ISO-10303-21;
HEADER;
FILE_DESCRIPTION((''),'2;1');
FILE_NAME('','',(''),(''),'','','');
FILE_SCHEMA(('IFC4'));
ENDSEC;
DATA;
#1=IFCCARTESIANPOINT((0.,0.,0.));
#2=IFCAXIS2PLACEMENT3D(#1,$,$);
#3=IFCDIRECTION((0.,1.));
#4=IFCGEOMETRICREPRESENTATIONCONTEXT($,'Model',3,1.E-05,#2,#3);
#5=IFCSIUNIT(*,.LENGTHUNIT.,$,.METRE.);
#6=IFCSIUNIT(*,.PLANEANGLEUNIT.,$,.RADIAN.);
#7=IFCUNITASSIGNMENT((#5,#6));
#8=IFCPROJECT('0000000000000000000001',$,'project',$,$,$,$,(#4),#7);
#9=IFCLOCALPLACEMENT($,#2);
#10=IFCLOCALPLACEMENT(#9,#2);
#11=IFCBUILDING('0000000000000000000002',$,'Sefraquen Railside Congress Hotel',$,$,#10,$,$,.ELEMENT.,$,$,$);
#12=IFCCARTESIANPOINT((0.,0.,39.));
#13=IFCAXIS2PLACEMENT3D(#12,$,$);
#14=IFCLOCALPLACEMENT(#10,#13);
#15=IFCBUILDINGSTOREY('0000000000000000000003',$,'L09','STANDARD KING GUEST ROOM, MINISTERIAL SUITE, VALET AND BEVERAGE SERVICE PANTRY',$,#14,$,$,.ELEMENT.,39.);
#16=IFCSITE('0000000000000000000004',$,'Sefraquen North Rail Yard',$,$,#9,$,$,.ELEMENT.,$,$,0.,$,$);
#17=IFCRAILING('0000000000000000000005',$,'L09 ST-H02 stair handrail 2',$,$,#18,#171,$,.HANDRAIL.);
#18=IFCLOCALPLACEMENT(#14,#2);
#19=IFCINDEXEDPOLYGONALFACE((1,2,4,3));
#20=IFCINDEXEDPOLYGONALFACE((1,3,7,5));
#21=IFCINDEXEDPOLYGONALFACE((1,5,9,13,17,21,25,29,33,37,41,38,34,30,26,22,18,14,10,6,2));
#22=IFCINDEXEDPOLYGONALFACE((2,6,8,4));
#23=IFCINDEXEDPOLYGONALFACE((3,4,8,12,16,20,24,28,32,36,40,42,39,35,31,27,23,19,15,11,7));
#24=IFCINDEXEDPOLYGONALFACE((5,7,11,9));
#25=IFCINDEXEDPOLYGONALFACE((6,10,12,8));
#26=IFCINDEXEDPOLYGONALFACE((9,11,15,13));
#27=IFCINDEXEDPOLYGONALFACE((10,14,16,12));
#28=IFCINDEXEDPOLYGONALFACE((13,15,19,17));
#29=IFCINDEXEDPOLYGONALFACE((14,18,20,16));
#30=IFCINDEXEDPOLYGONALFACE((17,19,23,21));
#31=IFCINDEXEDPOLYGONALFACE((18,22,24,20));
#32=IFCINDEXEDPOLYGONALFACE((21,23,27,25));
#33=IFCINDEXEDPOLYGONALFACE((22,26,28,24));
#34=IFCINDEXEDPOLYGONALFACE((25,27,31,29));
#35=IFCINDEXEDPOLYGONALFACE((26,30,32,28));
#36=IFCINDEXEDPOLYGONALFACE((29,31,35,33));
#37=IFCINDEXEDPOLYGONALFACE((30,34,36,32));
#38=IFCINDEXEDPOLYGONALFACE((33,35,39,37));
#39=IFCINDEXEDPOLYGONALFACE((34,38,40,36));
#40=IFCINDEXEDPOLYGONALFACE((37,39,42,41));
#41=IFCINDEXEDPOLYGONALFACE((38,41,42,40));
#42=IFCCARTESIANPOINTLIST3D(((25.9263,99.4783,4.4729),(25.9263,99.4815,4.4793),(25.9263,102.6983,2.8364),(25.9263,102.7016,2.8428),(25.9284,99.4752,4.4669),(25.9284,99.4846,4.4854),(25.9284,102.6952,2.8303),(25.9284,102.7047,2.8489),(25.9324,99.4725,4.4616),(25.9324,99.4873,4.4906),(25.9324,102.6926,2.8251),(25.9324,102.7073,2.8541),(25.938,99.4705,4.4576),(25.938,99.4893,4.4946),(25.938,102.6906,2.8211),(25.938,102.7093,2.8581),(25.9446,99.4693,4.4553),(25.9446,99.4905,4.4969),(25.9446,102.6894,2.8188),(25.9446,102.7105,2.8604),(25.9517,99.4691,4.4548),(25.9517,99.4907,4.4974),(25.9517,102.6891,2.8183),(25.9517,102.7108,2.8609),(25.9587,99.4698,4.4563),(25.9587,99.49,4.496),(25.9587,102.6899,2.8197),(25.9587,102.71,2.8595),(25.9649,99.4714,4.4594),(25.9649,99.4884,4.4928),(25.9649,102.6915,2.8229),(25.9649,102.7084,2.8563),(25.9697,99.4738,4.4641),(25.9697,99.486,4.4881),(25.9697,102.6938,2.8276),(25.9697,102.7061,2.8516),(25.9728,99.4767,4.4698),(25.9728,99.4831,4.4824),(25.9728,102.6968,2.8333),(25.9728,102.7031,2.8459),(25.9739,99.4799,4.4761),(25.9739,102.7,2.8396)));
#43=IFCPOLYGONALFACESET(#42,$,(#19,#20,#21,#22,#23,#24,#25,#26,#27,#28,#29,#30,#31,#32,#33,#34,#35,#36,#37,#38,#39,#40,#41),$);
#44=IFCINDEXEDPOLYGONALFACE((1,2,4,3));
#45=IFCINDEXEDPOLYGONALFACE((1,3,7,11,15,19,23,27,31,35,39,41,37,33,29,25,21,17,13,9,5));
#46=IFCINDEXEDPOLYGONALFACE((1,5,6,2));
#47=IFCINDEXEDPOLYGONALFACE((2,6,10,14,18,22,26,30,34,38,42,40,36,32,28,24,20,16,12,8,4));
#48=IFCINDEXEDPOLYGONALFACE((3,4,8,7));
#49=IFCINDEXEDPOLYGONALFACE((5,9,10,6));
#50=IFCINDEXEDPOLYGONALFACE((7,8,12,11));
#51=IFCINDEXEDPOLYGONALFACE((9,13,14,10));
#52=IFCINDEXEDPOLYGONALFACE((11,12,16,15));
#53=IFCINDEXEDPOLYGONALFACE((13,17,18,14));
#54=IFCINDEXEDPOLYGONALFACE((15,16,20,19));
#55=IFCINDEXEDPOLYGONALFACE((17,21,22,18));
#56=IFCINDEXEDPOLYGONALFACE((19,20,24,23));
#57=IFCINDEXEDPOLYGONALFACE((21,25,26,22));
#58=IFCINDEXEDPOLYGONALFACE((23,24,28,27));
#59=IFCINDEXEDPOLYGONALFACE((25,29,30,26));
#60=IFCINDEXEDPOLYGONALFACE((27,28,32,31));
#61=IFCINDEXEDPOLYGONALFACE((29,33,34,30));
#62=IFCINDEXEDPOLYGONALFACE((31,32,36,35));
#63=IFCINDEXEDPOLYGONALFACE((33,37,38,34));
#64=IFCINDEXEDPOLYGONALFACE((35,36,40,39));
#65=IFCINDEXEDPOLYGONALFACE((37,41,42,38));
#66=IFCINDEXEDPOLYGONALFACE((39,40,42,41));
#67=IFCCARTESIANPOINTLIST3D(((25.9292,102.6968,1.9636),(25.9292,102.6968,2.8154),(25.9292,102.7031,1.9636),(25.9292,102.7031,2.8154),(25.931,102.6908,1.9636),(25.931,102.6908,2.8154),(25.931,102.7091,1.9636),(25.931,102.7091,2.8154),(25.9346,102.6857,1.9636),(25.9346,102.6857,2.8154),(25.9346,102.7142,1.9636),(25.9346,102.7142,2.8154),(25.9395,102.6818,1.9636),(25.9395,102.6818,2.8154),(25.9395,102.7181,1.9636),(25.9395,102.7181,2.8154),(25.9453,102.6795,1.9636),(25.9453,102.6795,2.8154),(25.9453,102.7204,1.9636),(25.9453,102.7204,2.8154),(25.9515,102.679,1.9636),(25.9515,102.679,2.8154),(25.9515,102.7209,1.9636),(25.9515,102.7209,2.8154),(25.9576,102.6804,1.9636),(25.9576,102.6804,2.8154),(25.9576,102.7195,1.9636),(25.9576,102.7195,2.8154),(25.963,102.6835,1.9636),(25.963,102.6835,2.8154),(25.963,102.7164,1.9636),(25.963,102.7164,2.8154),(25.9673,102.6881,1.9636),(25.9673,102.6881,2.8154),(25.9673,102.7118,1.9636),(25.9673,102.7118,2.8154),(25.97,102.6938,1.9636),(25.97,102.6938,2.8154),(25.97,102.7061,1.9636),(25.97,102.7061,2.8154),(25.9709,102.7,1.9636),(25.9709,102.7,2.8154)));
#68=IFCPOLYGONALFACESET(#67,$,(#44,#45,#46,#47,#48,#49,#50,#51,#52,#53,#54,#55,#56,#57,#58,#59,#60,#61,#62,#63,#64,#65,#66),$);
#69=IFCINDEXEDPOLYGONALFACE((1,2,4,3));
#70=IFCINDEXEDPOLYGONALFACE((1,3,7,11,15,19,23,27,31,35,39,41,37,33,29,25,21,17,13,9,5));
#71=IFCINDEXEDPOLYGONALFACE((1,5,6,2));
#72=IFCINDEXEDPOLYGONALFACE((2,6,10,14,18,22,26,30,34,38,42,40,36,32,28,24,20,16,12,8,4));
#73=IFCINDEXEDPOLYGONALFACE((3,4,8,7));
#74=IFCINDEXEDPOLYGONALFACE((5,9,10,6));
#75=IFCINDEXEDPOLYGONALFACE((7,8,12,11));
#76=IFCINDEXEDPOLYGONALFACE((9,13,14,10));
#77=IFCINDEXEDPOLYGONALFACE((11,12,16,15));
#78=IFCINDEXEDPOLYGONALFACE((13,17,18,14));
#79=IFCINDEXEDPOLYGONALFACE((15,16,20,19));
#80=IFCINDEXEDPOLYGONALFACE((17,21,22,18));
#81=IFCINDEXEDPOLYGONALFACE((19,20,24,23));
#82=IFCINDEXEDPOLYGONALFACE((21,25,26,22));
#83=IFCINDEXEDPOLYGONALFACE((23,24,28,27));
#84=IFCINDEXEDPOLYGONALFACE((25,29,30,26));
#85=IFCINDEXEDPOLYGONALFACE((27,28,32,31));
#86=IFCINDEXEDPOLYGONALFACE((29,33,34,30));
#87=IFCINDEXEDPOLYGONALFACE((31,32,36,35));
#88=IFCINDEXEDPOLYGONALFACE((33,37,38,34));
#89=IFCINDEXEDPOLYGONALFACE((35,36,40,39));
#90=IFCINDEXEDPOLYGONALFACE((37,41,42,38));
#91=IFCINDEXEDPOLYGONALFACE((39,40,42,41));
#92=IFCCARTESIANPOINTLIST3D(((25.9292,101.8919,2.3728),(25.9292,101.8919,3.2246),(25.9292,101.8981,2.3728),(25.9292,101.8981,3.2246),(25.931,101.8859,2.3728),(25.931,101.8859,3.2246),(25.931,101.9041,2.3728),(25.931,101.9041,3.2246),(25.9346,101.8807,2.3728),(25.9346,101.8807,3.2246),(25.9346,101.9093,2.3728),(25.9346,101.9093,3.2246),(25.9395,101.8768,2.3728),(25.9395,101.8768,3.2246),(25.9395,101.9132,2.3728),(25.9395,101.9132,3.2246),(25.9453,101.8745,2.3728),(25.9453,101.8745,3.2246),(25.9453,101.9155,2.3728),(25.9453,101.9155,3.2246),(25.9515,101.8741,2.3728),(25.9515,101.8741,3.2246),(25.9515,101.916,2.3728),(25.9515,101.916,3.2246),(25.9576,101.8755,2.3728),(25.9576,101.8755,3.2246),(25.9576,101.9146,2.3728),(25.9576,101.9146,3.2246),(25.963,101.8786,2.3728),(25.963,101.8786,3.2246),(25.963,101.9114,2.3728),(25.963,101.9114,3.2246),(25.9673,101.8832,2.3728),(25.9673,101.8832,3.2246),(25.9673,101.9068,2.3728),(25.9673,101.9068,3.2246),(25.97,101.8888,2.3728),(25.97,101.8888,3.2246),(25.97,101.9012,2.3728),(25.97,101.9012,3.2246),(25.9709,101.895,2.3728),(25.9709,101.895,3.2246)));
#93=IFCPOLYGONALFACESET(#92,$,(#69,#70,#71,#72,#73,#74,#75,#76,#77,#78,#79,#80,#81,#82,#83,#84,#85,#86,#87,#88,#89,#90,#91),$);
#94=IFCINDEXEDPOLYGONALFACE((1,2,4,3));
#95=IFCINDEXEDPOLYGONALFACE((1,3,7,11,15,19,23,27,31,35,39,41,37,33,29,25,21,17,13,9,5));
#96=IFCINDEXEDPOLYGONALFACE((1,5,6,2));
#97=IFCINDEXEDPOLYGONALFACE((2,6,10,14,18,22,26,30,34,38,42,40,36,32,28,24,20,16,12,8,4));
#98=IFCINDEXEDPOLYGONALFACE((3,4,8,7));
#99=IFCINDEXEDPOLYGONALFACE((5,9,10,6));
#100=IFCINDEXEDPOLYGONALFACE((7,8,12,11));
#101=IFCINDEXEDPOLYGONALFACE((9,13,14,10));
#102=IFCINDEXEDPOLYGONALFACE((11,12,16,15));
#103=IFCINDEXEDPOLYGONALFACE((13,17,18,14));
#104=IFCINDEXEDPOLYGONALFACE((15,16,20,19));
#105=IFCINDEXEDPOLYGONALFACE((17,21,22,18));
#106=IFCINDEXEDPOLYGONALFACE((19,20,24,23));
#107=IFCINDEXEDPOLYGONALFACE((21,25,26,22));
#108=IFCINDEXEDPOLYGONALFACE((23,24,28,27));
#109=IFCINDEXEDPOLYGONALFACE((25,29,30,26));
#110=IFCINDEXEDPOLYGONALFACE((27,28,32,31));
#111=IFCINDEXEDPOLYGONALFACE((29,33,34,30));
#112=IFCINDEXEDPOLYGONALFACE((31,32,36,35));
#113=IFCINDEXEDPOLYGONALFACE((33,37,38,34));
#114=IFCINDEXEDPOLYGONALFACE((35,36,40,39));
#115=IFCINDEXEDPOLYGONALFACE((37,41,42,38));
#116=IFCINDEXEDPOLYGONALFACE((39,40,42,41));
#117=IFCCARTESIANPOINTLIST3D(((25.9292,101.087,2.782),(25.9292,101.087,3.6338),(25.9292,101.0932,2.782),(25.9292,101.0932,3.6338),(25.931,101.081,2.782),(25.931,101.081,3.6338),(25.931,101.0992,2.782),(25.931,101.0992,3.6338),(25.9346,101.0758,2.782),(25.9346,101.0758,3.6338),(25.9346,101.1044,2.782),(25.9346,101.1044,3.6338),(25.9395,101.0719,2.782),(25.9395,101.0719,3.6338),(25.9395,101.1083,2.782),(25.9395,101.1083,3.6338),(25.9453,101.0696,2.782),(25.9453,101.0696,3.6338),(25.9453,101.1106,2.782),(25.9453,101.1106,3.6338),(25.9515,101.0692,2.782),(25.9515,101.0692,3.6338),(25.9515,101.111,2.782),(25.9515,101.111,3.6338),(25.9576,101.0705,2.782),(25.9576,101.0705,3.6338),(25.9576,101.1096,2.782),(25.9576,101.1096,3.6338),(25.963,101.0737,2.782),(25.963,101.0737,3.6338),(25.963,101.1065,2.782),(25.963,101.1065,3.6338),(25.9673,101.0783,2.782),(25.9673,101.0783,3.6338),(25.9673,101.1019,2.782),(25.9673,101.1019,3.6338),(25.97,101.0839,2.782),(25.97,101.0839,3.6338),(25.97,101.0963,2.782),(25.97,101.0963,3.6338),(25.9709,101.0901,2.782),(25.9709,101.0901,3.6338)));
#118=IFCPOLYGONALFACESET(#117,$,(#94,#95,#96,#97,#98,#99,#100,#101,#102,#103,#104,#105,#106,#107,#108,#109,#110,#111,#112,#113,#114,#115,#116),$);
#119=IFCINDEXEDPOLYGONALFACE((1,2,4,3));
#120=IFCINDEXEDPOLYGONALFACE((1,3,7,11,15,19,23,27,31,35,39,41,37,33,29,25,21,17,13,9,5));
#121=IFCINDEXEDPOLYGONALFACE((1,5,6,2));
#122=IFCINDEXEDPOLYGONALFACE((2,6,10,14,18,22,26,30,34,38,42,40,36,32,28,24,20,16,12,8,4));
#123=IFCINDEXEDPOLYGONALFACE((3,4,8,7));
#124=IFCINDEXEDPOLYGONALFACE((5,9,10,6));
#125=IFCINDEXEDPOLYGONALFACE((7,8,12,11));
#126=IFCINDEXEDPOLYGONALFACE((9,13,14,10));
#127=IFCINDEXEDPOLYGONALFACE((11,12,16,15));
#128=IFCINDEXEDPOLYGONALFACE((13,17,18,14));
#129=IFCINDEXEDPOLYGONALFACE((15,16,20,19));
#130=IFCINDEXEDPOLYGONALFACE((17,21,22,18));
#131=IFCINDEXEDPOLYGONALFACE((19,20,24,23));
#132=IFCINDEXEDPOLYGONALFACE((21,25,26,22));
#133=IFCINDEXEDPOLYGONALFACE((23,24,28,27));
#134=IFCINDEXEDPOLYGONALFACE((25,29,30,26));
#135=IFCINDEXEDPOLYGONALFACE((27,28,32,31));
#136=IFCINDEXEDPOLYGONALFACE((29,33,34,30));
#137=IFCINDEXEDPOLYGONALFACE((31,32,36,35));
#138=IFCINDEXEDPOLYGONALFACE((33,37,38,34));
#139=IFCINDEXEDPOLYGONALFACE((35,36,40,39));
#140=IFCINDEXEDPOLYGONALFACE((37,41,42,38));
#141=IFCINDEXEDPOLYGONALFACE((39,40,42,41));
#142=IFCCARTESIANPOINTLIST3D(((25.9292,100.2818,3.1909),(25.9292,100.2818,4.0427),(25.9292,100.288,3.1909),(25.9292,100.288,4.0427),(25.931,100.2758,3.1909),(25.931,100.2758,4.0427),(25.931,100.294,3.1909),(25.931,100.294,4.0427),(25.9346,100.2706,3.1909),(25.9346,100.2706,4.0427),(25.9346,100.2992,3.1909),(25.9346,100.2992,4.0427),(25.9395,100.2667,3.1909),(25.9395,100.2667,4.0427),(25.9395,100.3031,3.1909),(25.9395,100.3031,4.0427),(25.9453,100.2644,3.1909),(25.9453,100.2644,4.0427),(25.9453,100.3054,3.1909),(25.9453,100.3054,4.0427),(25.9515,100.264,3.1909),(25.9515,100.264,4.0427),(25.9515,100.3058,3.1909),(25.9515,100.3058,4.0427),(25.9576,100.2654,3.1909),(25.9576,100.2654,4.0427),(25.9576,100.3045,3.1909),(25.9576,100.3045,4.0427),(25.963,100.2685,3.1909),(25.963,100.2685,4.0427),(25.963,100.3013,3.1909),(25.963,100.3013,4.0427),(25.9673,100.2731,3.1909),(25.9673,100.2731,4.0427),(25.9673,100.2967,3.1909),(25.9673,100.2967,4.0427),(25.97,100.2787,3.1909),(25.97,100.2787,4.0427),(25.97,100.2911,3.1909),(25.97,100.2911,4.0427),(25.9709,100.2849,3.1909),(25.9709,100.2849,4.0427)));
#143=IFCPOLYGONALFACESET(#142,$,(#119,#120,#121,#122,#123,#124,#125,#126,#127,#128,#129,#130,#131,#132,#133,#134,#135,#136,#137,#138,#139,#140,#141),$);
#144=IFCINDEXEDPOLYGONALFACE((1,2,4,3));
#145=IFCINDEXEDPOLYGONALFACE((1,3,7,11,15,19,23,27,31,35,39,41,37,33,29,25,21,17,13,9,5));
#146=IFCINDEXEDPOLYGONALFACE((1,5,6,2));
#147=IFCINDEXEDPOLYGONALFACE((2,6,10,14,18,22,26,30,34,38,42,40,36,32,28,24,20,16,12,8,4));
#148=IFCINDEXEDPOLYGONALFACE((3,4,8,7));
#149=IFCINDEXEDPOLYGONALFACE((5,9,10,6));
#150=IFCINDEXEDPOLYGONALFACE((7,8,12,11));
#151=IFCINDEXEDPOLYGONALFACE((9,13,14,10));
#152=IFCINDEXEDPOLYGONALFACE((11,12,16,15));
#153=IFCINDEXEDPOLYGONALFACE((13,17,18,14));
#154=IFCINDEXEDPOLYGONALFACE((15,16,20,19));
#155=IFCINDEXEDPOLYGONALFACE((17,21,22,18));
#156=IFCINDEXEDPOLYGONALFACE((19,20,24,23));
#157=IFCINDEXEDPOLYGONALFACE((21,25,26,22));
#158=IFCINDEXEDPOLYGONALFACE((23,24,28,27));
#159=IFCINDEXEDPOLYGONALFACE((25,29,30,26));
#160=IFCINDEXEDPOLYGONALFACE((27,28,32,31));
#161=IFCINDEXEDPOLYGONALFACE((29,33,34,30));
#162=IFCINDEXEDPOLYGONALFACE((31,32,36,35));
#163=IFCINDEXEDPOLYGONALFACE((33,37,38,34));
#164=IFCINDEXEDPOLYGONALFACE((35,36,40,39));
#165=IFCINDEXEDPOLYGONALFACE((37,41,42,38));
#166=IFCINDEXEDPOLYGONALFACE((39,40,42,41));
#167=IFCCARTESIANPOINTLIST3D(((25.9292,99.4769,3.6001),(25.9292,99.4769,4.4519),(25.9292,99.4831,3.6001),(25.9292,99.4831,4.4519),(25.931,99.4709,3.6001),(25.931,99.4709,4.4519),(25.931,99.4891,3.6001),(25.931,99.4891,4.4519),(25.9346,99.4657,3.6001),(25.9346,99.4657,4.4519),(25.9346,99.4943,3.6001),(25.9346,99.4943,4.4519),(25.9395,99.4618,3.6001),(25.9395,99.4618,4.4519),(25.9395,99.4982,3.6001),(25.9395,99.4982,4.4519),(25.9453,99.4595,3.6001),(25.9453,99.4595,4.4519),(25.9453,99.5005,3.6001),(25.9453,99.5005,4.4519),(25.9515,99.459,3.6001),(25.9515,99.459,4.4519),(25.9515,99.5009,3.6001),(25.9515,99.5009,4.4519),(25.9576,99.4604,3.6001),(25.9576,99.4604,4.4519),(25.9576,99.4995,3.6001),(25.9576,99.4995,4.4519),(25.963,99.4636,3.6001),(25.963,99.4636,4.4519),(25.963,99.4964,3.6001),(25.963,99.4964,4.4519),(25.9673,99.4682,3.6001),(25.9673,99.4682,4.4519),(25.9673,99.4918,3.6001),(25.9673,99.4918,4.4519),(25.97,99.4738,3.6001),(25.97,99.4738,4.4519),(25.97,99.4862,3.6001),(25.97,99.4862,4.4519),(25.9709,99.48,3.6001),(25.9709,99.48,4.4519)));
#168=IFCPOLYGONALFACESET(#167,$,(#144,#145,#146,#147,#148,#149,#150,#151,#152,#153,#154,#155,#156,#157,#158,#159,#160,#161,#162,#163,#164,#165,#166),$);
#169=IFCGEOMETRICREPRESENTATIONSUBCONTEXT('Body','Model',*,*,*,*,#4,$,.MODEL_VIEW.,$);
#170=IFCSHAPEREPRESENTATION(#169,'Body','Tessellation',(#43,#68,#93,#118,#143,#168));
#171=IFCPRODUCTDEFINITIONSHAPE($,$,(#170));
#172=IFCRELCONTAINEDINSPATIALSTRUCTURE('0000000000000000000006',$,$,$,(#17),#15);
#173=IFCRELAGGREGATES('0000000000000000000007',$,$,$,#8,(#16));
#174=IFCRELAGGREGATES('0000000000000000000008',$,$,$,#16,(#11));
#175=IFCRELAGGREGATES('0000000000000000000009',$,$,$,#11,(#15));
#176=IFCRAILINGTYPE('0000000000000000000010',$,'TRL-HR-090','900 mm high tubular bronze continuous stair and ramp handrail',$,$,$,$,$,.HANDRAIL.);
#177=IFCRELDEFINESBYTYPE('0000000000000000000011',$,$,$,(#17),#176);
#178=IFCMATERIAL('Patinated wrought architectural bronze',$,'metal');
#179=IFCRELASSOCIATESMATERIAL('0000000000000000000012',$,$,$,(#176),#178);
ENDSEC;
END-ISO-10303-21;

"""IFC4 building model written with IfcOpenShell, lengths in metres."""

from ifc_helpers import new_model, si_unit, direction, frame, origin, origin_2d, place, context, subcontext, project, spatial, circle, extrude, material, type_object, element, save


model = new_model("IFC4")

# Units and contexts
model_context = context("Model", 3, precision=1e-05, world=origin(), true_north=direction((0.0, 1.0)))
body_context = subcontext(model_context, "Body", "Model", "MODEL_VIEW")
ifc_project = project(units=[si_unit("LENGTHUNIT", "METRE"), si_unit("PLANEANGLEUNIT", "RADIAN")], contexts=[model_context])

# Site, building, storey
site_placement = place(None, origin())
site = spatial("IfcSite", under=ifc_project, at=site_placement, Name="Sefraquen North Rail Yard", CompositionType="ELEMENT", RefElevation=0.0)
building_placement = place(site_placement, origin())
building = spatial("IfcBuilding", under=site, at=building_placement, Name="Sefraquen Railside Congress Hotel", CompositionType="ELEMENT")
storey_placement = place(building_placement, frame((0.0, 0.0, 39.0)))
storey = spatial("IfcBuildingStorey", under=building, at=storey_placement, Name="L09", Description="STANDARD KING GUEST ROOM, MINISTERIAL SUITE, VALET AND BEVERAGE SERVICE PANTRY", CompositionType="ELEMENT", Elevation=39.0)

# Railing
ifc_material_1 = material(Name="Patinated wrought architectural bronze", Category="metal")
railing_type_1 = type_object("IfcRailingType", Name="TRL-HR-090", Description="900 mm high tubular bronze continuous stair and ramp handrail", PredefinedType="HANDRAIL", material=ifc_material_1)
railing_1_placement = place(storey_placement, frame((25.95, 102.7, 1.9636)))
element("IfcRailing", 1, at=railing_1_placement, inside=storey, type_object=railing_type_1, Name="L09 ST-H02 stair handrail 2", PredefinedType="HANDRAIL", context=body_context, shape_type="SweptSolid", body=[
    extrude(circle(Radius=0.0239, at=origin_2d()), frame((0.0, 0.0, 0.876), z_axis=(0.0, -0.891474, 0.453071), x_axis=(1.0, 0.0, 0.0)), (0.0, 0.0, 1.0), 3.6121),
    extrude(circle(Radius=0.021, at=origin_2d()), origin(), (0.0, 0.0, 1.0), 0.8518),
    extrude(circle(Radius=0.021, at=origin_2d()), frame((0.0, -0.8049, 0.4092)), (0.0, 0.0, 1.0), 0.8518),
    extrude(circle(Radius=0.021, at=origin_2d()), frame((0.0, -1.6099, 0.8184)), (0.0, 0.0, 1.0), 0.8518),
    extrude(circle(Radius=0.021, at=origin_2d()), frame((0.0, -2.415, 1.2273)), (0.0, 0.0, 1.0), 0.8518),
    extrude(circle(Radius=0.021, at=origin_2d()), frame((0.0, -3.22, 1.6365)), (0.0, 0.0, 1.0), 0.8518),
])

save(model, "model.ifc")
